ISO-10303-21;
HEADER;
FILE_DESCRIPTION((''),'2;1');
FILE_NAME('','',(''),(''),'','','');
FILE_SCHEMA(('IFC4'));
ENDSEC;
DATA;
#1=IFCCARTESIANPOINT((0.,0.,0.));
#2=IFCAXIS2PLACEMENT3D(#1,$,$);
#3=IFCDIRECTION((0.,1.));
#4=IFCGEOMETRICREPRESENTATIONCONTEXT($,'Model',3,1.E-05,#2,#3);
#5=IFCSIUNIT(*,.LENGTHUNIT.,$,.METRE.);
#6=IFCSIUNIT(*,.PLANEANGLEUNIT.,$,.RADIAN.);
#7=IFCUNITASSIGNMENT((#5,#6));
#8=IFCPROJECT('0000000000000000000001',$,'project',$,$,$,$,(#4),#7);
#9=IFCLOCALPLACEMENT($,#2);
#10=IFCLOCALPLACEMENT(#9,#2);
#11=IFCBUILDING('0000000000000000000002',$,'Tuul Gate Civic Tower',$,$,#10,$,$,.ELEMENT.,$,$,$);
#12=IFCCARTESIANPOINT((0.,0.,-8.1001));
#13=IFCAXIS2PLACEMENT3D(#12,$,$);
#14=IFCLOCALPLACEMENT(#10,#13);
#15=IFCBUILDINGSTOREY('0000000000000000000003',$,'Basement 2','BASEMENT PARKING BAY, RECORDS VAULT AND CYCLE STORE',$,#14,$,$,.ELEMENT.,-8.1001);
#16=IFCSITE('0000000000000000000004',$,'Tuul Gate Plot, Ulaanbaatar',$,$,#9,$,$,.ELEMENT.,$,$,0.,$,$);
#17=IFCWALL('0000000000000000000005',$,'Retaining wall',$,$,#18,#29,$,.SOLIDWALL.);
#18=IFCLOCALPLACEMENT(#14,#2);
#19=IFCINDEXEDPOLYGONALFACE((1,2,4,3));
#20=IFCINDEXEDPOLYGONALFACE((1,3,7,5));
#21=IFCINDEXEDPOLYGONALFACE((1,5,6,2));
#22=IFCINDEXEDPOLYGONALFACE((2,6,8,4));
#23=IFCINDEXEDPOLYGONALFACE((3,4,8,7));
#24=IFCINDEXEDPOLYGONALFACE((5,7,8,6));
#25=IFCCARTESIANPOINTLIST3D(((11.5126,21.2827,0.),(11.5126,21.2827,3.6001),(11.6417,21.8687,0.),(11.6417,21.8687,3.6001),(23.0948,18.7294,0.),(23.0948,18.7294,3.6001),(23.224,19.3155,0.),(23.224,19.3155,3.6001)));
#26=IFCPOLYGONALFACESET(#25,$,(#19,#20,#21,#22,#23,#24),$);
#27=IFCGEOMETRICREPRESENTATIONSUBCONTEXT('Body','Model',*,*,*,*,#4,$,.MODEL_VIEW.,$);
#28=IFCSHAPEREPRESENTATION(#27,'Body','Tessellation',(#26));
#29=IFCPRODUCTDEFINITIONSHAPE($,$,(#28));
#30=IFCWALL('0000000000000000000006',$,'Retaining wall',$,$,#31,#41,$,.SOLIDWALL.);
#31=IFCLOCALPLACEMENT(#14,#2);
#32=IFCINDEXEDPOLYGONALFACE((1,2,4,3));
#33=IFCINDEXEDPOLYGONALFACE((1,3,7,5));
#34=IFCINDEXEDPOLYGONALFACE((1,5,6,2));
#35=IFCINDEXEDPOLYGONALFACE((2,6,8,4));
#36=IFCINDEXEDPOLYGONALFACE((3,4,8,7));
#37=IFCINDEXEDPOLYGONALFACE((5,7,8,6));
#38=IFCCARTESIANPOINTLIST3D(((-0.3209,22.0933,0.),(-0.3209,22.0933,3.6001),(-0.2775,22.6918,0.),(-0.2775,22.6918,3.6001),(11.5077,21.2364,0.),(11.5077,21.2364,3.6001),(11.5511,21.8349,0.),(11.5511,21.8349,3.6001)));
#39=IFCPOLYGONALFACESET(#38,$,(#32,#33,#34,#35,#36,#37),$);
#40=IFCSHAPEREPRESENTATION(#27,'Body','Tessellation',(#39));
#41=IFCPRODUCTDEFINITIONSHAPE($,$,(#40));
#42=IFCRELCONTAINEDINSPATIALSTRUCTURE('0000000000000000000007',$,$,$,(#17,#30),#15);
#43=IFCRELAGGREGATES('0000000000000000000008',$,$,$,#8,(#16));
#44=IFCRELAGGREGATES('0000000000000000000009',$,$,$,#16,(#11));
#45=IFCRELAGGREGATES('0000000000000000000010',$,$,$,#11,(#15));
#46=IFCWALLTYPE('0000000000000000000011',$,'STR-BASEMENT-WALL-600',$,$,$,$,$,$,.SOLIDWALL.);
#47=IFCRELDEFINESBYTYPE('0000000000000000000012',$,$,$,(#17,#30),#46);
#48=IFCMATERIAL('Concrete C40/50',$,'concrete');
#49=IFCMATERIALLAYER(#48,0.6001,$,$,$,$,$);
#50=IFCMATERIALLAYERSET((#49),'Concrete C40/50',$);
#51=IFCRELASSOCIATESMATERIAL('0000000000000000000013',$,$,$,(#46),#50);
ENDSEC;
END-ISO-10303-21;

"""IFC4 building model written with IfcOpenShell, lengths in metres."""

from ifc_helpers import new_model, si_unit, direction, frame, frame_2d, origin, place, context, subcontext, project, spatial, rectangle, extrude, material, layer, layer_set, type_object, element, save


model = new_model("IFC4")

# Units and contexts
model_context = context("Model", 3, precision=1e-05, world=origin(), true_north=direction((0.0, 1.0)))
body_context = subcontext(model_context, "Body", "Model", "MODEL_VIEW")
ifc_project = project(units=[si_unit("LENGTHUNIT", "METRE"), si_unit("PLANEANGLEUNIT", "RADIAN")], contexts=[model_context])

# Site, building, storey
site_placement = place(None, origin())
site = spatial("IfcSite", under=ifc_project, at=site_placement, Name="Tuul Gate Plot, Ulaanbaatar", CompositionType="ELEMENT", RefElevation=0.0)
building_placement = place(site_placement, origin())
building = spatial("IfcBuilding", under=site, at=building_placement, Name="Tuul Gate Civic Tower", CompositionType="ELEMENT")
storey_placement = place(building_placement, frame((0.0, 0.0, -8.1001)))
storey = spatial("IfcBuildingStorey", under=building, at=storey_placement, Name="Basement 2", Description="BASEMENT PARKING BAY, RECORDS VAULT AND CYCLE STORE", CompositionType="ELEMENT", Elevation=-8.1001)

# Walls
ifc_material_1 = material(Name="Concrete C40/50", Category="concrete")
ifc_layer_1 = layer(ifc_material_1, 0.6001)
ifc_layer_set_1 = layer_set([ifc_layer_1], Name="Concrete C40/50")
wall_type_1 = type_object("IfcWallType", Name="STR-BASEMENT-WALL-600", PredefinedType="SOLIDWALL", material=ifc_layer_set_1)
wall_1_placement = place(storey_placement, frame((23.1594, 19.0225, 0.0), z_axis=(0.0, 0.0, 1.0), x_axis=(-0.976554, 0.215274, 0.0)))
element("IfcWall", 1, at=wall_1_placement, inside=storey, type_object=wall_type_1, Name="Retaining wall", PredefinedType="SOLIDWALL", context=body_context, shape_type="SweptSolid", body=[
    extrude(rectangle(XDim=11.8604, YDim=0.6001, at=frame_2d((5.9302, 0.0))), origin(), (0.0, 0.0, 1.0), 3.6001),
])
wall_2_placement = place(storey_placement, frame((11.5293, 21.5356, 0.0), z_axis=(0.0, 0.0, 1.0), x_axis=(-0.997386, 0.072256, 0.0)))
element("IfcWall", 2, at=wall_2_placement, inside=storey, type_object=wall_type_1, Name="Retaining wall", PredefinedType="SOLIDWALL", context=body_context, shape_type="SweptSolid", body=[
    extrude(rectangle(XDim=11.8596, YDim=0.6001, at=frame_2d((5.9297, 0.0))), origin(), (0.0, 0.0, 1.0), 3.6001),
])

save(model, "model.ifc")
